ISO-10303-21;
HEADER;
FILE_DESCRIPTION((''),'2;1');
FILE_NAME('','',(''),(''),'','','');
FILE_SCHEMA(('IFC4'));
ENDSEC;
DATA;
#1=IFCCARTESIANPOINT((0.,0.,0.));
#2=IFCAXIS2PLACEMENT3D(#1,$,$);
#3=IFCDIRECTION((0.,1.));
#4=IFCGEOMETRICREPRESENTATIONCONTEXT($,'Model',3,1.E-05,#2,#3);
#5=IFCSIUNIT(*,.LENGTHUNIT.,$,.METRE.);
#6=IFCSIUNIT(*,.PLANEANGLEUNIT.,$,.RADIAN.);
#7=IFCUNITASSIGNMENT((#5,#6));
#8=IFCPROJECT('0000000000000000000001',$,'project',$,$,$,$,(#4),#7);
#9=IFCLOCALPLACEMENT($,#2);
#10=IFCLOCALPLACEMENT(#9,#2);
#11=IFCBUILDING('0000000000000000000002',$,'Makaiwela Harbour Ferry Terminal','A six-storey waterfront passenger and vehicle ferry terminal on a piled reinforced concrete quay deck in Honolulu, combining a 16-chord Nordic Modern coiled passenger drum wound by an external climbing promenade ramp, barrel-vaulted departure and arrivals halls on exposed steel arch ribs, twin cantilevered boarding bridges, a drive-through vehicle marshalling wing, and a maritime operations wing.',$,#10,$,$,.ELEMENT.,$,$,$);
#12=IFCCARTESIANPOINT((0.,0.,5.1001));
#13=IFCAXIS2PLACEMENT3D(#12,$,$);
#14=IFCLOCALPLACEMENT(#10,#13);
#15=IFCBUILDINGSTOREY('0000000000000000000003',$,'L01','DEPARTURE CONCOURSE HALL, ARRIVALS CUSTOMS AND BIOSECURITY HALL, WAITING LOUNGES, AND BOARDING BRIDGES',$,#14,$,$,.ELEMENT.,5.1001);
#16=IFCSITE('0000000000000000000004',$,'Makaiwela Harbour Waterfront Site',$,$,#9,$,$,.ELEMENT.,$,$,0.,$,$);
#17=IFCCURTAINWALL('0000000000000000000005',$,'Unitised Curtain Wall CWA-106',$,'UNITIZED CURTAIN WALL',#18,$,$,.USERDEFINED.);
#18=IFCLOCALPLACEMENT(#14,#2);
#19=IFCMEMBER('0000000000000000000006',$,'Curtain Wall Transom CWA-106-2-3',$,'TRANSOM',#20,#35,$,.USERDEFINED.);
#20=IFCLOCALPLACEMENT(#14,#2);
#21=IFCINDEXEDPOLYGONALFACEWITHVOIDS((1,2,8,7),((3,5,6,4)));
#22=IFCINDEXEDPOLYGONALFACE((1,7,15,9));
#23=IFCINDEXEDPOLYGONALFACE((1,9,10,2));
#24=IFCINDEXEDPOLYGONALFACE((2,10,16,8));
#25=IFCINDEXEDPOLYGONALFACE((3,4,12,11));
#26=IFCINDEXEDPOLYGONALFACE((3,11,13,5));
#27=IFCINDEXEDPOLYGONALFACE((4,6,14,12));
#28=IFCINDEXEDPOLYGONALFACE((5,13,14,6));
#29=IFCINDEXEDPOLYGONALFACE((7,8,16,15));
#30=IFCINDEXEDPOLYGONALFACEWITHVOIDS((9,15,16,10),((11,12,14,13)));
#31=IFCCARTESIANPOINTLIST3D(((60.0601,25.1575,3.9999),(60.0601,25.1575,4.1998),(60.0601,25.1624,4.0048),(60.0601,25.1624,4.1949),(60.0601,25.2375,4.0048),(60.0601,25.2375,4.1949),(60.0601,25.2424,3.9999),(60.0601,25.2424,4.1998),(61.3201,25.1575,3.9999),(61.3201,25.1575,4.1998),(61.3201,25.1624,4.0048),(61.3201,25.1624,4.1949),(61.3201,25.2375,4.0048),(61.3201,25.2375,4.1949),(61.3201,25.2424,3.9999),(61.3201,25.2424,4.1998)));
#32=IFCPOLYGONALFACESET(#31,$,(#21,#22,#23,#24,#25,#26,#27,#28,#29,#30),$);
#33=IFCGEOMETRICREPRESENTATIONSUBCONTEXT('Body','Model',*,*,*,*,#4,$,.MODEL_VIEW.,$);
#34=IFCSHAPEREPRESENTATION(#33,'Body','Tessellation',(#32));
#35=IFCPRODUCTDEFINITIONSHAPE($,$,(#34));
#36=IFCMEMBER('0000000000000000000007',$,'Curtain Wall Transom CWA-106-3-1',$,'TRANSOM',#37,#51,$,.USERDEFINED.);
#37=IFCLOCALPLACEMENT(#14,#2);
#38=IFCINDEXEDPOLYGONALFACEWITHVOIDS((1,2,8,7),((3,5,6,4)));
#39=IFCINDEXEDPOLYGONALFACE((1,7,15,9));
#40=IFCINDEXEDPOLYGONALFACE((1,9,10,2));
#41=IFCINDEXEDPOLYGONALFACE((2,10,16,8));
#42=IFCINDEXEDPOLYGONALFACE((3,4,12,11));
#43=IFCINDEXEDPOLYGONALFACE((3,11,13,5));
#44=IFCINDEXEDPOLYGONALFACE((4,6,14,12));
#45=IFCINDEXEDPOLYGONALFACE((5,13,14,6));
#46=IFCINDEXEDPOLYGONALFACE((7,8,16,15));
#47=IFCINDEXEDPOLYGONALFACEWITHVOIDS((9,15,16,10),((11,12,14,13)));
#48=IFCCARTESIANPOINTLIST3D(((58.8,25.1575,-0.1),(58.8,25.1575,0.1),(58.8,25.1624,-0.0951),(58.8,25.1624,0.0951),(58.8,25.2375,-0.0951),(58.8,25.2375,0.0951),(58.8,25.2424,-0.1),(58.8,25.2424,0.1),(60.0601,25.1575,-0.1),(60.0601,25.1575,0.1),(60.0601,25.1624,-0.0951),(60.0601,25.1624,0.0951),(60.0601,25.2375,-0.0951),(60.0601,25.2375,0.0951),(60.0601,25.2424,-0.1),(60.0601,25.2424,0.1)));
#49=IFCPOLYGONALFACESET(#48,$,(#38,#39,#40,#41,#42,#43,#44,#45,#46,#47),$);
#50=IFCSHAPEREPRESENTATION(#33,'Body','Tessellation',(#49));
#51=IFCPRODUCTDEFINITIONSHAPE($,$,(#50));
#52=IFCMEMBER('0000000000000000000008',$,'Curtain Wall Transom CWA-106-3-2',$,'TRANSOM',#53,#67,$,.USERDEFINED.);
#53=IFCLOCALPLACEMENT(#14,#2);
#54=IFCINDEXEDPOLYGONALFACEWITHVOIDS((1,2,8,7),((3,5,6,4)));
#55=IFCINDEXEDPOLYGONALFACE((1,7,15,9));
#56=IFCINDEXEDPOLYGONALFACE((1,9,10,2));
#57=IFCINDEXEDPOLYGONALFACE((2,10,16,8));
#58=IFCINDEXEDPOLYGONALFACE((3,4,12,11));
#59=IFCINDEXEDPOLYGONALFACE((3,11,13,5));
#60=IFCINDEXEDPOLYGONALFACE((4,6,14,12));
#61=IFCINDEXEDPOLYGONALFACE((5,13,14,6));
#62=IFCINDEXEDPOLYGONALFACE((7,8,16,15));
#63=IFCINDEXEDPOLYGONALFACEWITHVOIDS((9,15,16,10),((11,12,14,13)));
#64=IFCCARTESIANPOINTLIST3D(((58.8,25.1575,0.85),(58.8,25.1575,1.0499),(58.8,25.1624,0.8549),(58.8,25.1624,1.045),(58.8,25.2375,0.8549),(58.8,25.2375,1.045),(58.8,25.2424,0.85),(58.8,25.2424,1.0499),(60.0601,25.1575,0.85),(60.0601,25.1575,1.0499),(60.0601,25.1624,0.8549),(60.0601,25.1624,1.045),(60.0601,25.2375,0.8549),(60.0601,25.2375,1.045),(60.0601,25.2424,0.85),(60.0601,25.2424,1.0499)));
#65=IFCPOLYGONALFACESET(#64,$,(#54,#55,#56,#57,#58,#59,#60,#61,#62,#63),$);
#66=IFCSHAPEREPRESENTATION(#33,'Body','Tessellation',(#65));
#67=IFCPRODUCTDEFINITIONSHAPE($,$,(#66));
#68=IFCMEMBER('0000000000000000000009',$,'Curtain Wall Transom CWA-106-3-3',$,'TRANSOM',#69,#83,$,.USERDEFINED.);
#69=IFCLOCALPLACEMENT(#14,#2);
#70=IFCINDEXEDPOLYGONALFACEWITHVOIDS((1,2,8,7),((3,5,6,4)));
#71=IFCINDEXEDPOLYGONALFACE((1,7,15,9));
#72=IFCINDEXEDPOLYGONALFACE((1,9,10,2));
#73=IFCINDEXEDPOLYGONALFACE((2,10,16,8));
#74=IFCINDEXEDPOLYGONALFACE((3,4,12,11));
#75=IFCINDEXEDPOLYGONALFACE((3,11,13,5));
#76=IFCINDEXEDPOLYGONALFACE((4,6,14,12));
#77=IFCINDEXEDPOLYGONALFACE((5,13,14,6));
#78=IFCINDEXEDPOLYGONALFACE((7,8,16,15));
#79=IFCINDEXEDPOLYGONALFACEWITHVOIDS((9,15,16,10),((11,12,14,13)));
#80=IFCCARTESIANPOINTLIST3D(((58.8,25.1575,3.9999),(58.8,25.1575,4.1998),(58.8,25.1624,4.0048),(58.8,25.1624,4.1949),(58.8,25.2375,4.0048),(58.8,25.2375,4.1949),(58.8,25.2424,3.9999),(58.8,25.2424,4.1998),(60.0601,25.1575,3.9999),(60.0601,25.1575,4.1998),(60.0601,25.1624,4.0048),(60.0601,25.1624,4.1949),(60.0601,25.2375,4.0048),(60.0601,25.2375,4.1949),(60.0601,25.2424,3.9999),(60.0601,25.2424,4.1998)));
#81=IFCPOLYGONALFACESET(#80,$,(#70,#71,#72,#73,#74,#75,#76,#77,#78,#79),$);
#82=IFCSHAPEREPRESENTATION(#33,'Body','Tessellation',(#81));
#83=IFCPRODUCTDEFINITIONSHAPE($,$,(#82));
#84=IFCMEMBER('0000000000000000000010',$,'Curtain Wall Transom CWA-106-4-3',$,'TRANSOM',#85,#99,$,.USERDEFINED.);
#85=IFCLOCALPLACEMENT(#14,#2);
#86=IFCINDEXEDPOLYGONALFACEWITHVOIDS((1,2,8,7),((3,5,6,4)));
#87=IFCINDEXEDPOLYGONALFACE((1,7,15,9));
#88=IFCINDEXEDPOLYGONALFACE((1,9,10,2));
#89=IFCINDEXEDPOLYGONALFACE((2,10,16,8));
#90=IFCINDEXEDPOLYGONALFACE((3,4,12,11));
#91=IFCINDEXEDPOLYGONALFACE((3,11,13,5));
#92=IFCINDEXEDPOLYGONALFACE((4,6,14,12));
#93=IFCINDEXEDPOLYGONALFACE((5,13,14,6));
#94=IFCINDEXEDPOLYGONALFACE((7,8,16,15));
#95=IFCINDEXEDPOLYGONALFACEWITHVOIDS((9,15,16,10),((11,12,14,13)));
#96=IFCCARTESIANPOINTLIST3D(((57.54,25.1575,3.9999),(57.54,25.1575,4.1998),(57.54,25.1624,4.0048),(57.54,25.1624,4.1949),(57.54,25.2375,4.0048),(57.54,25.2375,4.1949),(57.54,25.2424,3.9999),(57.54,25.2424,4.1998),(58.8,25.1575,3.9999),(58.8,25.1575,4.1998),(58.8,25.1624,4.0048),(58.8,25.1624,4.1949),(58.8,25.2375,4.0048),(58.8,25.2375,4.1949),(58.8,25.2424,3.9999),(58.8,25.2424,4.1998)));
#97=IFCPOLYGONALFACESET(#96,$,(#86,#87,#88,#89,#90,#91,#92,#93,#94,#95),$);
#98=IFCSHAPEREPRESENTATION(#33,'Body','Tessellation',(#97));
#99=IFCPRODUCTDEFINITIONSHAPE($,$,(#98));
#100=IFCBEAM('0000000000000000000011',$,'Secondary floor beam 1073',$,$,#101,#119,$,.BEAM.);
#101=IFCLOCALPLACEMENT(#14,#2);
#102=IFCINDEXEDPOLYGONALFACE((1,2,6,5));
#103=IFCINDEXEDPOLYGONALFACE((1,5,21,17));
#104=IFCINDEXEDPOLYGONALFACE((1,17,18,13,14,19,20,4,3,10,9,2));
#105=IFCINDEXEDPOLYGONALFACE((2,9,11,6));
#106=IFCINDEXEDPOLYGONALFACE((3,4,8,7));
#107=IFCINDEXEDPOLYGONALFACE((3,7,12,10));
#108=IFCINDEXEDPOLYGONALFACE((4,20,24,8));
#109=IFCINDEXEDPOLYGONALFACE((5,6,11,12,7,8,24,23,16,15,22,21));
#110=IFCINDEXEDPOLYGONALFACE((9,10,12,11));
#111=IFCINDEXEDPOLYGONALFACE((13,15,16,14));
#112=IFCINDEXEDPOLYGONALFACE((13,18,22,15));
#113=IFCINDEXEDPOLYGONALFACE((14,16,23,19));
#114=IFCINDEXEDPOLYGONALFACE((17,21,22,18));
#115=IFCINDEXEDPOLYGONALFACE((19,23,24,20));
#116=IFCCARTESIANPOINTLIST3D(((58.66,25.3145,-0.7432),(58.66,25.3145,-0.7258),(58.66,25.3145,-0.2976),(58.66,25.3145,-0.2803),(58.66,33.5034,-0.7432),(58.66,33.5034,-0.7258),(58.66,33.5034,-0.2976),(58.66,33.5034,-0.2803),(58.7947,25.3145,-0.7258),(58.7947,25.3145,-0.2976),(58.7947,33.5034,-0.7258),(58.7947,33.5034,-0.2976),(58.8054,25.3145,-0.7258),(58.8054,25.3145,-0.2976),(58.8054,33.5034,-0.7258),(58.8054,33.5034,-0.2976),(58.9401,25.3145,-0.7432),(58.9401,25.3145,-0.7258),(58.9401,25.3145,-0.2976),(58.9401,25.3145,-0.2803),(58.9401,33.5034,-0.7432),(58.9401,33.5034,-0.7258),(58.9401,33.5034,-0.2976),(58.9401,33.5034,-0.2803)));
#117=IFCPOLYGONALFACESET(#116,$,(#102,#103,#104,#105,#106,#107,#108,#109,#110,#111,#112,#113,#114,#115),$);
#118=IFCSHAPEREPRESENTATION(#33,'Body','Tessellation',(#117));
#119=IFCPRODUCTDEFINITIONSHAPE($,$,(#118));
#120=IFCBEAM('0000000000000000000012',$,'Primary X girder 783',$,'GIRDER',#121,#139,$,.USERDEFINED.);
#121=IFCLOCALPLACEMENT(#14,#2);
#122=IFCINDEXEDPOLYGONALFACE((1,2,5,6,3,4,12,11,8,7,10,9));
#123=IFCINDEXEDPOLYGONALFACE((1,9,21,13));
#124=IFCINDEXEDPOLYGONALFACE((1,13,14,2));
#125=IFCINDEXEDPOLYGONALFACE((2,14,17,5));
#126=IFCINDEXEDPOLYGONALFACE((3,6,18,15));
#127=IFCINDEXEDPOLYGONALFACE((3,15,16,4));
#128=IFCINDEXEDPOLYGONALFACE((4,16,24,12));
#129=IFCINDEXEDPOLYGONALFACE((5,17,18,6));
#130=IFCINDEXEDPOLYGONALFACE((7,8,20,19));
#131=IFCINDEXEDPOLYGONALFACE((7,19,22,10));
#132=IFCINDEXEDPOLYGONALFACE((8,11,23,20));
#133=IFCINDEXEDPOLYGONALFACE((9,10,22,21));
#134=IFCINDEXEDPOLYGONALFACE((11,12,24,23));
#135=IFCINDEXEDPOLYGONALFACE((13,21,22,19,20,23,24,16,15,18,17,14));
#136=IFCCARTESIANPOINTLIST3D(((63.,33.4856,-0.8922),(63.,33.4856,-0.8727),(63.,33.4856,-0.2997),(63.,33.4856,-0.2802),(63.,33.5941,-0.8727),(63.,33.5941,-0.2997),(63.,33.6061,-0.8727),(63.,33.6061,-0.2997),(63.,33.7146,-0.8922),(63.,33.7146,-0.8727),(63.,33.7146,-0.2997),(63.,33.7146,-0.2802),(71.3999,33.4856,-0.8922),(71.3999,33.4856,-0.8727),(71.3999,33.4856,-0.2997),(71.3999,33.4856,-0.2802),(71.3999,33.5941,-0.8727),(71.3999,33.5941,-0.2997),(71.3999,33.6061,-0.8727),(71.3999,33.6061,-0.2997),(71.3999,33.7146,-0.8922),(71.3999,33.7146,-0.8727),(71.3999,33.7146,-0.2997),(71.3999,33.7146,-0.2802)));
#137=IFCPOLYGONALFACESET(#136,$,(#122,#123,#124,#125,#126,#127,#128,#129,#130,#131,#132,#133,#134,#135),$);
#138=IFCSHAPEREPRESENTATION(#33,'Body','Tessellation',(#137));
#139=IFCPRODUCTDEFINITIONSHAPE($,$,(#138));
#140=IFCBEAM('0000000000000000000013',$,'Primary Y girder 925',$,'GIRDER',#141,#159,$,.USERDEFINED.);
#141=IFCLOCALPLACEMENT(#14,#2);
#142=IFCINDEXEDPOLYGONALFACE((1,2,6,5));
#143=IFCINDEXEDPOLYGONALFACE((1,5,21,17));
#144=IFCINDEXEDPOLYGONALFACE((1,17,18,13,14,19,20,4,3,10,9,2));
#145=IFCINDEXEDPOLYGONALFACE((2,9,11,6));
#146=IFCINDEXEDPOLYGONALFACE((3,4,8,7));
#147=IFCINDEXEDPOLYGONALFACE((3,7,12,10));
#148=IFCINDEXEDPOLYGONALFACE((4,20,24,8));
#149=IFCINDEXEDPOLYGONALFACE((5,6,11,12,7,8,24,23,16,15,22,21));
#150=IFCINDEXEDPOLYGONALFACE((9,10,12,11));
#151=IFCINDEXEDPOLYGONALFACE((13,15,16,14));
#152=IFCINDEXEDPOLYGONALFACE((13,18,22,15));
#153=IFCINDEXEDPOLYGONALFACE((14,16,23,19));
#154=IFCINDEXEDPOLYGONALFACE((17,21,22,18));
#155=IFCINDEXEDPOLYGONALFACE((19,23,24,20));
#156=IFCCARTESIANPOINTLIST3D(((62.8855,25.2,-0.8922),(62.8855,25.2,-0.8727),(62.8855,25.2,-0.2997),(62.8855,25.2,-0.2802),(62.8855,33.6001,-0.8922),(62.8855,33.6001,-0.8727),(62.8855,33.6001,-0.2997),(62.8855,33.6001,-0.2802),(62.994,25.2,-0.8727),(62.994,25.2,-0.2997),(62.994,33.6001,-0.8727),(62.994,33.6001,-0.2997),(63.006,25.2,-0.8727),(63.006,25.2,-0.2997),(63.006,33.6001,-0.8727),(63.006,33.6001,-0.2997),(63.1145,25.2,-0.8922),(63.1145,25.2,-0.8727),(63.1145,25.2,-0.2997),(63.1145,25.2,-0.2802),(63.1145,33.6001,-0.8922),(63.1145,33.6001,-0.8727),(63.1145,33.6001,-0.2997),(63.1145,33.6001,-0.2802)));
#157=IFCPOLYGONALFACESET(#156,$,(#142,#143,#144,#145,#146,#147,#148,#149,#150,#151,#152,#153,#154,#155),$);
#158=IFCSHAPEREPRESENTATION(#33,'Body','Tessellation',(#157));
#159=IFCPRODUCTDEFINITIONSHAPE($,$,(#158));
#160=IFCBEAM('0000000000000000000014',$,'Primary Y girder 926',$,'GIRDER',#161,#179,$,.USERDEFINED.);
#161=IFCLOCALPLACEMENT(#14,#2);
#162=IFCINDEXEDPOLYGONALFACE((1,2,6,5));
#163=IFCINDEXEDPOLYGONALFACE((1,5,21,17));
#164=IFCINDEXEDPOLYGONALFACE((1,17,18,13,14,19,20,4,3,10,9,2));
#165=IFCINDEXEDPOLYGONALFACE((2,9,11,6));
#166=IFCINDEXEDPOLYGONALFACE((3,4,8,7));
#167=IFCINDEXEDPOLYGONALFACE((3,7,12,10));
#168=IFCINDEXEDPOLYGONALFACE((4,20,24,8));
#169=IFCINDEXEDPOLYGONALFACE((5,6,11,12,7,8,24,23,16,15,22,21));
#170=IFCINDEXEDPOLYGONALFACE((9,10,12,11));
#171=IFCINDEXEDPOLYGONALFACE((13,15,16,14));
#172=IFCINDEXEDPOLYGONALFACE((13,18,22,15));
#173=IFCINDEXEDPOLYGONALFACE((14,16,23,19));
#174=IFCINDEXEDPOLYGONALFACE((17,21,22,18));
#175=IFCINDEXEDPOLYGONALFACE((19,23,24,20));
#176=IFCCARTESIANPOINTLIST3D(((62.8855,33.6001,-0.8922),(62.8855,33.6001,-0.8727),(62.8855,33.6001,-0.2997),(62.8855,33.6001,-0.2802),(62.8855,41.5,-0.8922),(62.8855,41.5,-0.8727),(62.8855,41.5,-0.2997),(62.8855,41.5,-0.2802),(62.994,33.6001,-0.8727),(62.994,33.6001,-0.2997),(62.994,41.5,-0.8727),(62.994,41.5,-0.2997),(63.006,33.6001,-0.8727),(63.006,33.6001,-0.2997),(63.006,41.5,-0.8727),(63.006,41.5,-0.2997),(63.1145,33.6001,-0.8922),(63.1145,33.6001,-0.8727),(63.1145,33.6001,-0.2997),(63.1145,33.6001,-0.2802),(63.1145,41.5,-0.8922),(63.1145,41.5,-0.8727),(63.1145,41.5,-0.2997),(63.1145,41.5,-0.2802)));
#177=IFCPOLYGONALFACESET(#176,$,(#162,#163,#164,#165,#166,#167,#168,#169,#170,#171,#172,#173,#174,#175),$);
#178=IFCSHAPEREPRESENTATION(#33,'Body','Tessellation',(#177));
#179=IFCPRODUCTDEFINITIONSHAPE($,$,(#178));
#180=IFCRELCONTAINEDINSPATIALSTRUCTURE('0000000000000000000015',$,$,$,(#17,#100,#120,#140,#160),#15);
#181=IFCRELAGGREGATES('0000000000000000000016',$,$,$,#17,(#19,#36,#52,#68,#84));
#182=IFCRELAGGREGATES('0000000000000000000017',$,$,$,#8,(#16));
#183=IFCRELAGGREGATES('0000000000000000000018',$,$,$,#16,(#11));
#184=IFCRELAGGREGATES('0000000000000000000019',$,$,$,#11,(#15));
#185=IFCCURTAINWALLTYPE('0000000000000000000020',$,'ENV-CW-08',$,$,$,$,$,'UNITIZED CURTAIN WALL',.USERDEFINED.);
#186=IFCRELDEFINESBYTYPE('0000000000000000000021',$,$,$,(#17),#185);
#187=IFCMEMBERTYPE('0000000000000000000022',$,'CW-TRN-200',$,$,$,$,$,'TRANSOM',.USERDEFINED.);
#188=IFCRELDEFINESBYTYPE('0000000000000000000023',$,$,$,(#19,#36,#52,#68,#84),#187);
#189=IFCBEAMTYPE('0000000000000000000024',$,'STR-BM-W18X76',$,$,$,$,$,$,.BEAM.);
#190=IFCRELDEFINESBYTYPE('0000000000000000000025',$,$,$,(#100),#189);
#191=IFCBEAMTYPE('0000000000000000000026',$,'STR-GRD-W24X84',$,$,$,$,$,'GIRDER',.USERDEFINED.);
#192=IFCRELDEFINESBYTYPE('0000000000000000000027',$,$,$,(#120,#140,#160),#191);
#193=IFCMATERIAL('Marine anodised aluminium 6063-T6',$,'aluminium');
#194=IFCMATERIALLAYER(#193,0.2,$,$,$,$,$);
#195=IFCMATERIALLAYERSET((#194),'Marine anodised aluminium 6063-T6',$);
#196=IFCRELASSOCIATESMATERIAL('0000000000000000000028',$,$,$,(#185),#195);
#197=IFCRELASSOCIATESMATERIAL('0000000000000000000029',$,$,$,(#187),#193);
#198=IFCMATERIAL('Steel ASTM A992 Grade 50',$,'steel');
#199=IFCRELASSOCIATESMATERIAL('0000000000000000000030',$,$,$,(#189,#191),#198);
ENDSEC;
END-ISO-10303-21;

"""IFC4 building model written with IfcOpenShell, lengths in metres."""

from ifc_helpers import new_model, si_unit, direction, frame, origin, origin_2d, place, context, subcontext, project, spatial, hollow_rectangle, i_section, extrude, material, layer, layer_set, material_profile, profile_set, type_object, element, aggregate, save


model = new_model("IFC4")

# Units and contexts
model_context = context("Model", 3, precision=1e-05, world=origin(), true_north=direction((0.0, 1.0)))
body_context = subcontext(model_context, "Body", "Model", "MODEL_VIEW")
ifc_project = project(units=[si_unit("LENGTHUNIT", "METRE"), si_unit("PLANEANGLEUNIT", "RADIAN")], contexts=[model_context])

# Site, building, storey
site_placement = place(None, origin())
site = spatial("IfcSite", under=ifc_project, at=site_placement, Name="Makaiwela Harbour Waterfront Site", CompositionType="ELEMENT", RefElevation=0.0)
building_placement = place(site_placement, origin())
building = spatial("IfcBuilding", under=site, at=building_placement, Name="Makaiwela Harbour Ferry Terminal", Description="A six-storey waterfront passenger and vehicle ferry terminal on a piled reinforced concrete quay deck in Honolulu, combining a 16-chord Nordic Modern coiled passenger drum wound by an external climbing promenade ramp, barrel-vaulted departure and arrivals halls on exposed steel arch ribs, twin cantilevered boarding bridges, a drive-through vehicle marshalling wing, and a maritime operations wing.", CompositionType="ELEMENT")
storey_placement = place(building_placement, frame((0.0, 0.0, 5.1001)))
storey = spatial("IfcBuildingStorey", under=building, at=storey_placement, Name="L01", Description="DEPARTURE CONCOURSE HALL, ARRIVALS CUSTOMS AND BIOSECURITY HALL, WAITING LOUNGES, AND BOARDING BRIDGES", CompositionType="ELEMENT", Elevation=5.1001)

# Shared definitions
ifc_material_1 = material(Name="Steel ASTM A992 Grade 50", Category="steel")

# Curtain wall, members
ifc_material_2 = material(Name="Marine anodised aluminium 6063-T6", Category="aluminium")
ifc_layer_1 = layer(ifc_material_2, 0.2)
ifc_layer_set_1 = layer_set([ifc_layer_1], Name="Marine anodised aluminium 6063-T6")
curtain_wall_type = type_object("IfcCurtainWallType", Name="ENV-CW-08", ElementType="UNITIZED CURTAIN WALL", PredefinedType="USERDEFINED", material=ifc_layer_set_1)
curtain_wall_placement = place(storey_placement, origin())
curtain_wall = element("IfcCurtainWall", 1, at=curtain_wall_placement, inside=storey, type_object=curtain_wall_type, Name="Unitised Curtain Wall CWA-106", ObjectType="UNITIZED CURTAIN WALL", PredefinedType="USERDEFINED")
ifc_material_profile_1 = material_profile(ifc_material_2, hollow_rectangle(XDim=0.085, YDim=0.2, WallThickness=0.0049, at=origin_2d()), Name="CWT-200X85")
ifc_profile_set_1 = profile_set([ifc_material_profile_1], Name="Marine anodised aluminium 6063-T6")
member_type_1 = type_object("IfcMemberType", Name="CW-TRN-200", ElementType="TRANSOM", PredefinedType="USERDEFINED", material=ifc_profile_set_1)
member_1_placement = place(storey_placement, frame((61.3201, 25.2, 4.0999), z_axis=(-1.0, 0.0, 0.0), x_axis=(0.0, -1.0, 0.0)))
member_1 = element("IfcMember", 2, at=member_1_placement, type_object=member_type_1, Name="Curtain Wall Transom CWA-106-2-3", ObjectType="TRANSOM", PredefinedType="USERDEFINED", context=body_context, shape_type="SweptSolid", body=[
    extrude(hollow_rectangle(XDim=0.085, YDim=0.2, WallThickness=0.0049, at=origin_2d()), origin(), (0.0, 0.0, 1.0), 1.26),
])
member_2_placement = place(storey_placement, frame((60.0601, 25.2, 0.0), z_axis=(-1.0, 0.0, 0.0), x_axis=(0.0, -1.0, 0.0)))
member_2 = element("IfcMember", 3, at=member_2_placement, type_object=member_type_1, Name="Curtain Wall Transom CWA-106-3-1", ObjectType="TRANSOM", PredefinedType="USERDEFINED", context=body_context, shape_type="SweptSolid", body=[
    extrude(hollow_rectangle(XDim=0.085, YDim=0.2, WallThickness=0.0049, at=origin_2d()), origin(), (0.0, 0.0, 1.0), 1.26),
])
member_3_placement = place(storey_placement, frame((60.0601, 25.2, 0.95), z_axis=(-1.0, 0.0, 0.0), x_axis=(0.0, -1.0, 0.0)))
member_3 = element("IfcMember", 4, at=member_3_placement, type_object=member_type_1, Name="Curtain Wall Transom CWA-106-3-2", ObjectType="TRANSOM", PredefinedType="USERDEFINED", context=body_context, shape_type="SweptSolid", body=[
    extrude(hollow_rectangle(XDim=0.085, YDim=0.2, WallThickness=0.0049, at=origin_2d()), origin(), (0.0, 0.0, 1.0), 1.26),
])
member_4_placement = place(storey_placement, frame((60.0601, 25.2, 4.0999), z_axis=(-1.0, 0.0, 0.0), x_axis=(0.0, -1.0, 0.0)))
member_4 = element("IfcMember", 5, at=member_4_placement, type_object=member_type_1, Name="Curtain Wall Transom CWA-106-3-3", ObjectType="TRANSOM", PredefinedType="USERDEFINED", context=body_context, shape_type="SweptSolid", body=[
    extrude(hollow_rectangle(XDim=0.085, YDim=0.2, WallThickness=0.0049, at=origin_2d()), origin(), (0.0, 0.0, 1.0), 1.26),
])
member_5_placement = place(storey_placement, frame((58.8, 25.2, 4.0999), z_axis=(-1.0, 0.0, 0.0), x_axis=(0.0, -1.0, 0.0)))
member_5 = element("IfcMember", 6, at=member_5_placement, type_object=member_type_1, Name="Curtain Wall Transom CWA-106-4-3", ObjectType="TRANSOM", PredefinedType="USERDEFINED", context=body_context, shape_type="SweptSolid", body=[
    extrude(hollow_rectangle(XDim=0.085, YDim=0.2, WallThickness=0.0049, at=origin_2d()), origin(), (0.0, 0.0, 1.0), 1.26),
])

# Beams
ifc_material_profile_2 = material_profile(ifc_material_1, i_section(OverallWidth=0.28, OverallDepth=0.4629, WebThickness=0.0107, FlangeThickness=0.0173, at=origin_2d()), Name="W18X76")
ifc_profile_set_2 = profile_set([ifc_material_profile_2], Name="Steel ASTM A992 Grade 50")
beam_type_1 = type_object("IfcBeamType", Name="STR-BM-W18X76", PredefinedType="BEAM", material=ifc_profile_set_2)
beam_1_placement = place(storey_placement, frame((58.8, 25.3145, -0.5117), z_axis=(0.0, 1.0, 0.0), x_axis=(-1.0, 0.0, 0.0)))
element("IfcBeam", 7, at=beam_1_placement, inside=storey, type_object=beam_type_1, Name="Secondary floor beam 1073", PredefinedType="BEAM", context=body_context, shape_type="SweptSolid", body=[
    extrude(i_section(OverallWidth=0.28, OverallDepth=0.4629, WebThickness=0.0107, FlangeThickness=0.0173, at=origin_2d()), origin(), (0.0, 0.0, 1.0), 8.189),
])
ifc_material_profile_3 = material_profile(ifc_material_1, i_section(OverallWidth=0.229, OverallDepth=0.6121, WebThickness=0.012, FlangeThickness=0.0195, at=origin_2d()), Name="W24X84")
ifc_profile_set_3 = profile_set([ifc_material_profile_3], Name="Steel ASTM A992 Grade 50")
beam_type_2 = type_object("IfcBeamType", Name="STR-GRD-W24X84", ElementType="GIRDER", PredefinedType="USERDEFINED", material=ifc_profile_set_3)
beam_2_placement = place(storey_placement, frame((63.0, 33.6001, -0.5862), z_axis=(1.0, 0.0, 0.0), x_axis=(0.0, 1.0, 0.0)))
element("IfcBeam", 8, at=beam_2_placement, inside=storey, type_object=beam_type_2, Name="Primary X girder 783", ObjectType="GIRDER", PredefinedType="USERDEFINED", context=body_context, shape_type="SweptSolid", body=[
    extrude(i_section(OverallWidth=0.229, OverallDepth=0.6121, WebThickness=0.012, FlangeThickness=0.0195, at=origin_2d()), origin(), (0.0, 0.0, 1.0), 8.3999),
])
beam_3_placement = place(storey_placement, frame((63.0, 25.2, -0.5862), z_axis=(0.0, 1.0, 0.0), x_axis=(-1.0, 0.0, 0.0)))
element("IfcBeam", 9, at=beam_3_placement, inside=storey, type_object=beam_type_2, Name="Primary Y girder 925", ObjectType="GIRDER", PredefinedType="USERDEFINED", context=body_context, shape_type="SweptSolid", body=[
    extrude(i_section(OverallWidth=0.229, OverallDepth=0.6121, WebThickness=0.012, FlangeThickness=0.0195, at=origin_2d()), origin(), (0.0, 0.0, 1.0), 8.4001),
])
beam_4_placement = place(storey_placement, frame((63.0, 33.6001, -0.5862), z_axis=(0.0, 1.0, 0.0), x_axis=(-1.0, 0.0, 0.0)))
element("IfcBeam", 10, at=beam_4_placement, inside=storey, type_object=beam_type_2, Name="Primary Y girder 926", ObjectType="GIRDER", PredefinedType="USERDEFINED", context=body_context, shape_type="SweptSolid", body=[
    extrude(i_section(OverallWidth=0.229, OverallDepth=0.6121, WebThickness=0.012, FlangeThickness=0.0195, at=origin_2d()), origin(), (0.0, 0.0, 1.0), 7.8999),
])

aggregate(curtain_wall, [member_1, member_2, member_3, member_4, member_5])

save(model, "model.ifc")
